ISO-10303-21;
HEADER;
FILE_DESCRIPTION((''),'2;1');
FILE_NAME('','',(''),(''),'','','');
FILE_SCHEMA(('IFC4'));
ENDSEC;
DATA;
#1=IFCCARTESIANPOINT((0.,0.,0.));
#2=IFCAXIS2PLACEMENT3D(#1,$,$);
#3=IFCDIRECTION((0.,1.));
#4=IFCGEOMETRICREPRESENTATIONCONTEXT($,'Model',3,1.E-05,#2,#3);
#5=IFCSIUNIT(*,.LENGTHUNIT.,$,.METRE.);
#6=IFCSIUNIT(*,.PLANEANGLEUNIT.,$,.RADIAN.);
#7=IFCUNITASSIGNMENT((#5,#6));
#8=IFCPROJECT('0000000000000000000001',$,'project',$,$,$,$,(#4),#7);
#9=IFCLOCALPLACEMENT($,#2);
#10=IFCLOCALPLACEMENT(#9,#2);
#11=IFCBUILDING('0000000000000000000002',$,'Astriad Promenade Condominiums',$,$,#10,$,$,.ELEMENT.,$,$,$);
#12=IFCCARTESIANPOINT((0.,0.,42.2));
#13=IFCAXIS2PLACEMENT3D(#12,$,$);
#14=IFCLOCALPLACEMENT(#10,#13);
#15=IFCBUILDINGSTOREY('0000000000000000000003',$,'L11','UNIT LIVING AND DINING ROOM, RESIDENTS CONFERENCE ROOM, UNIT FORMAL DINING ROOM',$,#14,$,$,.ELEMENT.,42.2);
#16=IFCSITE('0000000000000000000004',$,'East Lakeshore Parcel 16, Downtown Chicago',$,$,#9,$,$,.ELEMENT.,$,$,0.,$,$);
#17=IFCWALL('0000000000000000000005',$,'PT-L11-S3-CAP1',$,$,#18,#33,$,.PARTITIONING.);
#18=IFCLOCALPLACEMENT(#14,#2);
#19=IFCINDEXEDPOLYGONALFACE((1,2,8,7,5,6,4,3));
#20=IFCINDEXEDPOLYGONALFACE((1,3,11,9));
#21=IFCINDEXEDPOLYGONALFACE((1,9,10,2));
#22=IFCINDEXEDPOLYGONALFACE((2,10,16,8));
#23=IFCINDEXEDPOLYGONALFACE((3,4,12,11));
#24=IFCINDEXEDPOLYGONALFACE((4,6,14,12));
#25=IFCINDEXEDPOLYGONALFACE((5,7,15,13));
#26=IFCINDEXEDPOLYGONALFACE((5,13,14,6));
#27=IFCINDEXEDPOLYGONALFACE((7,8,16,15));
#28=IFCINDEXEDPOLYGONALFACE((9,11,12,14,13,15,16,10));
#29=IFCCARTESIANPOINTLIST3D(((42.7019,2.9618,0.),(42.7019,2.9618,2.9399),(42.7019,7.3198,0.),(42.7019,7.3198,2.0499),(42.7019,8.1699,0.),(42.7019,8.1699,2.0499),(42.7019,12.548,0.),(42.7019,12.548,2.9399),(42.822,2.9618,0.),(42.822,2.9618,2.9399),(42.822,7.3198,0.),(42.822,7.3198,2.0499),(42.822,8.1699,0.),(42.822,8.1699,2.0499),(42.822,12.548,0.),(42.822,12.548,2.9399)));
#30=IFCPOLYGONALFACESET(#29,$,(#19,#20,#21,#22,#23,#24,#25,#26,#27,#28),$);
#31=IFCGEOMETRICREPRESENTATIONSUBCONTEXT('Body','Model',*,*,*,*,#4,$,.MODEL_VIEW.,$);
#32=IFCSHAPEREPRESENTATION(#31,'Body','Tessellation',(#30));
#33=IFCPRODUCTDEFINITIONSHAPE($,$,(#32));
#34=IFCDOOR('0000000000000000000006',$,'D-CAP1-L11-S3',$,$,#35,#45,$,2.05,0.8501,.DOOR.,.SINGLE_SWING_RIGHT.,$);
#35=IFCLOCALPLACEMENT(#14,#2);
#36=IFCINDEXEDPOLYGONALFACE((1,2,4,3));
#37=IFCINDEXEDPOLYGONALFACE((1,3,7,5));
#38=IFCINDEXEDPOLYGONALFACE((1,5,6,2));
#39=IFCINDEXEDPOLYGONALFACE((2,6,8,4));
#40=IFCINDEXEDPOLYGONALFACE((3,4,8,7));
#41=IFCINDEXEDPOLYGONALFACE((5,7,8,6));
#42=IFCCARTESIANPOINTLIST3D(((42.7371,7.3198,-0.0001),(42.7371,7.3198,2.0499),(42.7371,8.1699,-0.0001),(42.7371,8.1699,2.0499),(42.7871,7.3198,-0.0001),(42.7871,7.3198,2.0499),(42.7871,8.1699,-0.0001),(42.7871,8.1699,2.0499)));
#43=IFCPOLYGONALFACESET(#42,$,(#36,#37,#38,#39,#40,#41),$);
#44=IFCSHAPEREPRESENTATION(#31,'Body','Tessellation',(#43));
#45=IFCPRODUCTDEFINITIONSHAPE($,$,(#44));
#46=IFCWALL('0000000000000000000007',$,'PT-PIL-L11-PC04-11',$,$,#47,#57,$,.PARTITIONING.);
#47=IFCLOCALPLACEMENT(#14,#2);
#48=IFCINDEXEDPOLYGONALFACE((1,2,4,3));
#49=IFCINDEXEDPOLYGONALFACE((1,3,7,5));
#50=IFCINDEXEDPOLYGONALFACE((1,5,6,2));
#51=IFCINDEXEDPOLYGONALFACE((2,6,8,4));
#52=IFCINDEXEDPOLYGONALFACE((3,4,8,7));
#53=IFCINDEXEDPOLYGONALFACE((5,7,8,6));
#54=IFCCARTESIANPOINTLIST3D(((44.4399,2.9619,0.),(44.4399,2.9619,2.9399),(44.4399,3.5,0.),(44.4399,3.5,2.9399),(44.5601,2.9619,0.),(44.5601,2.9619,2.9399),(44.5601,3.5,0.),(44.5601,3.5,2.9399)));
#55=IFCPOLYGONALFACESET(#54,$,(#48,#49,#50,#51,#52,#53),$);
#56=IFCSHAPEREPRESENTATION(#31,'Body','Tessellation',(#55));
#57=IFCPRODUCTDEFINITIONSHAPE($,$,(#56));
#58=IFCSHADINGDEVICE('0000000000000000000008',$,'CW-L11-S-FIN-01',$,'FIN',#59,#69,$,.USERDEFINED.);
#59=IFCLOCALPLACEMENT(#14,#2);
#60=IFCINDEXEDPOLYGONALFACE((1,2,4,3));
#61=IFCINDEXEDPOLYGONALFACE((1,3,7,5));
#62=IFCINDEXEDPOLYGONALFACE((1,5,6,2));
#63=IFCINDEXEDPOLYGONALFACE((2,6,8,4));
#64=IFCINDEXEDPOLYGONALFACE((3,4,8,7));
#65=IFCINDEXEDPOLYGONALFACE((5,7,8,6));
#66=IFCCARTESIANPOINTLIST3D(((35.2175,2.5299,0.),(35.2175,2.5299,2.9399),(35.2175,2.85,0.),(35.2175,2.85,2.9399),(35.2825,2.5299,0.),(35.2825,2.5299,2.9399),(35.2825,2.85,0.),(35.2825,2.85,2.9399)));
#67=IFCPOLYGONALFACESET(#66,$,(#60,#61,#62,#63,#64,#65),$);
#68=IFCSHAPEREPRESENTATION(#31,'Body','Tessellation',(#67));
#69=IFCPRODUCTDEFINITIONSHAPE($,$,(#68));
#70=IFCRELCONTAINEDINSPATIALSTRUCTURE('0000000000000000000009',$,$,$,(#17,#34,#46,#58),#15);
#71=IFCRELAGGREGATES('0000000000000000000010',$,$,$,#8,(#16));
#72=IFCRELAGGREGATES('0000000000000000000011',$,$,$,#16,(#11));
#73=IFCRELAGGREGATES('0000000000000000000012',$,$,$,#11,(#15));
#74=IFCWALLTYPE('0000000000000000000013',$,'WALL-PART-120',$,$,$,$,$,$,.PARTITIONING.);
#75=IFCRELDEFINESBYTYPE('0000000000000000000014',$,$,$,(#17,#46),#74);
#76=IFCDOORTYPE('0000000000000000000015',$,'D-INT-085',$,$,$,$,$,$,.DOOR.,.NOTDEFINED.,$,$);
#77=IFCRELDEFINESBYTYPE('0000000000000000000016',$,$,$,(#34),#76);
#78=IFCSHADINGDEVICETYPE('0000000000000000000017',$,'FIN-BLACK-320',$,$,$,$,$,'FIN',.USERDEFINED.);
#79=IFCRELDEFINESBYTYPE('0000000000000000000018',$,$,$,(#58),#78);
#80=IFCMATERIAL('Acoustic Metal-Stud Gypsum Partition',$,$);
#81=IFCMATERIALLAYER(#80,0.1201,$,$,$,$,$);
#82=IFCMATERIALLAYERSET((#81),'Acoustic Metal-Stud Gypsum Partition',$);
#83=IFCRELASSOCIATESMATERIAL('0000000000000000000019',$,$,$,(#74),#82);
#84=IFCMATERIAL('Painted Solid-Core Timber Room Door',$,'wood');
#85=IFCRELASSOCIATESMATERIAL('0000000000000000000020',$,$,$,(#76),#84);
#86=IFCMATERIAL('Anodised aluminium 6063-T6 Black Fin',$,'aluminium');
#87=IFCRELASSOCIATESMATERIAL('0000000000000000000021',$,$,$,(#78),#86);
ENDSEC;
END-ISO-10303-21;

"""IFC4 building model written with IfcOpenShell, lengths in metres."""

from ifc_helpers import new_model, si_unit, direction, frame, frame_2d, origin, origin_2d, place, context, subcontext, project, spatial, rectangle, extrude, source, transform, mapped, material, layer, layer_set, type_object, type_shapes, element, fill, save


model = new_model("IFC4")

# Units and contexts
model_context = context("Model", 3, precision=1e-05, world=origin(), true_north=direction((0.0, 1.0)))
body_context = subcontext(model_context, "Body", "Model", "MODEL_VIEW")
ifc_project = project(units=[si_unit("LENGTHUNIT", "METRE"), si_unit("PLANEANGLEUNIT", "RADIAN")], contexts=[model_context])

# Site, building, storey
site_placement = place(None, origin())
site = spatial("IfcSite", under=ifc_project, at=site_placement, Name="East Lakeshore Parcel 16, Downtown Chicago", CompositionType="ELEMENT", RefElevation=0.0)
building_placement = place(site_placement, origin())
building = spatial("IfcBuilding", under=site, at=building_placement, Name="Astriad Promenade Condominiums", CompositionType="ELEMENT")
storey_placement = place(building_placement, frame((0.0, 0.0, 42.2)))
storey = spatial("IfcBuildingStorey", under=building, at=storey_placement, Name="L11", Description="UNIT LIVING AND DINING ROOM, RESIDENTS CONFERENCE ROOM, UNIT FORMAL DINING ROOM", CompositionType="ELEMENT", Elevation=42.2)

# Wall, opening, door
ifc_material_1 = material(Name="Acoustic Metal-Stud Gypsum Partition")
ifc_layer_1 = layer(ifc_material_1, 0.1201)
ifc_layer_set_1 = layer_set([ifc_layer_1], Name="Acoustic Metal-Stud Gypsum Partition")
wall_type_1 = type_object("IfcWallType", Name="WALL-PART-120", PredefinedType="PARTITIONING", material=ifc_layer_set_1)
wall_1_placement = place(storey_placement, frame((42.762, 2.9619, 0.0), z_axis=(0.0, 0.0, 1.0), x_axis=(0.0, 1.0, 0.0)))
wall_1 = element("IfcWall", 1, at=wall_1_placement, inside=storey, type_object=wall_type_1, Name="PT-L11-S3-CAP1", PredefinedType="PARTITIONING", context=body_context, shape_type="SweptSolid", body=[
    extrude(rectangle(XDim=9.5862, YDim=0.1201, at=frame_2d((4.793, 0.0))), origin(), (0.0, 0.0, 1.0), 2.9399),
])
opening_1_placement = place(wall_1_placement, frame((4.3579, 0.0, 0.0)))
opening_1 = element("IfcOpeningElement", 2, at=opening_1_placement, cuts=wall_1, PredefinedType="OPENING", context=body_context, shape_type="SweptSolid", body=[
    extrude(rectangle(XDim=0.8501, YDim=2.05, at=frame_2d((0.425, 1.0249))), frame((0.0, 0.0701, 0.0), z_axis=(0.0, -1.0, 0.0), x_axis=(1.0, 0.0, 0.0)), (0.0, 0.0, 1.0), 0.1401),
])
ifc_material_2 = material(Name="Painted Solid-Core Timber Room Door", Category="wood")
door_type_1 = type_object("IfcDoorType", Name="D-INT-085", OperationType="NOTDEFINED", PredefinedType="DOOR", material=ifc_material_2)
shared_shape_1 = source(origin(), body_context, "Body", "SweptSolid", [
    extrude(rectangle(XDim=0.8501, YDim=2.05, at=frame_2d((0.425, 1.0249))), frame((0.0, 0.0249, 0.0), z_axis=(0.0, -1.0, 0.0), x_axis=(1.0, 0.0, 0.0)), (0.0, 0.0, 1.0), 0.05),
])
type_shapes(door_type_1, [shared_shape_1])
door_1_placement = place(opening_1_placement, origin())
door_1 = element("IfcDoor", 3, at=door_1_placement, inside=storey, type_object=door_type_1, Name="D-CAP1-L11-S3", OperationType="SINGLE_SWING_RIGHT", OverallHeight=2.05, OverallWidth=0.8501, PredefinedType="DOOR", context=body_context, shape_type="MappedRepresentation", body=[
    mapped(shared_shape_1, transform((0.0, 0.0, 0.0), scale=1.0)),
])
fill(opening_1, door_1)

# Wall
wall_2_placement = place(storey_placement, frame((44.5, 3.5, 0.0), z_axis=(0.0, 0.0, 1.0), x_axis=(0.0, -1.0, 0.0)))
element("IfcWall", 4, at=wall_2_placement, inside=storey, type_object=wall_type_1, Name="PT-PIL-L11-PC04-11", PredefinedType="PARTITIONING", context=body_context, shape_type="SweptSolid", body=[
    extrude(rectangle(XDim=0.5381, YDim=0.1201, at=frame_2d((0.269, 0.0))), origin(), (0.0, 0.0, 1.0), 2.9399),
])

# Shading device
ifc_material_3 = material(Name="Anodised aluminium 6063-T6 Black Fin", Category="aluminium")
shading_device_type = type_object("IfcShadingDeviceType", Name="FIN-BLACK-320", ElementType="FIN", PredefinedType="USERDEFINED", material=ifc_material_3)
shared_shape_2 = source(origin(), body_context, "Body", "SweptSolid", [
    extrude(rectangle(XDim=0.0649, YDim=0.3201, at=origin_2d()), origin(), (0.0, 0.0, 1.0), 2.9399),
])
type_shapes(shading_device_type, [shared_shape_2])
shading_device_placement = place(storey_placement, frame((35.25, 2.6899, 0.0), z_axis=(0.0, 0.0, 1.0), x_axis=(-1.0, 0.0, 0.0)))
element("IfcShadingDevice", 5, at=shading_device_placement, inside=storey, type_object=shading_device_type, Name="CW-L11-S-FIN-01", ObjectType="FIN", PredefinedType="USERDEFINED", context=body_context, shape_type="MappedRepresentation", body=[
    mapped(shared_shape_2, transform((0.0, 0.0, 0.0), scale=1.0)),
])

save(model, "model.ifc")
